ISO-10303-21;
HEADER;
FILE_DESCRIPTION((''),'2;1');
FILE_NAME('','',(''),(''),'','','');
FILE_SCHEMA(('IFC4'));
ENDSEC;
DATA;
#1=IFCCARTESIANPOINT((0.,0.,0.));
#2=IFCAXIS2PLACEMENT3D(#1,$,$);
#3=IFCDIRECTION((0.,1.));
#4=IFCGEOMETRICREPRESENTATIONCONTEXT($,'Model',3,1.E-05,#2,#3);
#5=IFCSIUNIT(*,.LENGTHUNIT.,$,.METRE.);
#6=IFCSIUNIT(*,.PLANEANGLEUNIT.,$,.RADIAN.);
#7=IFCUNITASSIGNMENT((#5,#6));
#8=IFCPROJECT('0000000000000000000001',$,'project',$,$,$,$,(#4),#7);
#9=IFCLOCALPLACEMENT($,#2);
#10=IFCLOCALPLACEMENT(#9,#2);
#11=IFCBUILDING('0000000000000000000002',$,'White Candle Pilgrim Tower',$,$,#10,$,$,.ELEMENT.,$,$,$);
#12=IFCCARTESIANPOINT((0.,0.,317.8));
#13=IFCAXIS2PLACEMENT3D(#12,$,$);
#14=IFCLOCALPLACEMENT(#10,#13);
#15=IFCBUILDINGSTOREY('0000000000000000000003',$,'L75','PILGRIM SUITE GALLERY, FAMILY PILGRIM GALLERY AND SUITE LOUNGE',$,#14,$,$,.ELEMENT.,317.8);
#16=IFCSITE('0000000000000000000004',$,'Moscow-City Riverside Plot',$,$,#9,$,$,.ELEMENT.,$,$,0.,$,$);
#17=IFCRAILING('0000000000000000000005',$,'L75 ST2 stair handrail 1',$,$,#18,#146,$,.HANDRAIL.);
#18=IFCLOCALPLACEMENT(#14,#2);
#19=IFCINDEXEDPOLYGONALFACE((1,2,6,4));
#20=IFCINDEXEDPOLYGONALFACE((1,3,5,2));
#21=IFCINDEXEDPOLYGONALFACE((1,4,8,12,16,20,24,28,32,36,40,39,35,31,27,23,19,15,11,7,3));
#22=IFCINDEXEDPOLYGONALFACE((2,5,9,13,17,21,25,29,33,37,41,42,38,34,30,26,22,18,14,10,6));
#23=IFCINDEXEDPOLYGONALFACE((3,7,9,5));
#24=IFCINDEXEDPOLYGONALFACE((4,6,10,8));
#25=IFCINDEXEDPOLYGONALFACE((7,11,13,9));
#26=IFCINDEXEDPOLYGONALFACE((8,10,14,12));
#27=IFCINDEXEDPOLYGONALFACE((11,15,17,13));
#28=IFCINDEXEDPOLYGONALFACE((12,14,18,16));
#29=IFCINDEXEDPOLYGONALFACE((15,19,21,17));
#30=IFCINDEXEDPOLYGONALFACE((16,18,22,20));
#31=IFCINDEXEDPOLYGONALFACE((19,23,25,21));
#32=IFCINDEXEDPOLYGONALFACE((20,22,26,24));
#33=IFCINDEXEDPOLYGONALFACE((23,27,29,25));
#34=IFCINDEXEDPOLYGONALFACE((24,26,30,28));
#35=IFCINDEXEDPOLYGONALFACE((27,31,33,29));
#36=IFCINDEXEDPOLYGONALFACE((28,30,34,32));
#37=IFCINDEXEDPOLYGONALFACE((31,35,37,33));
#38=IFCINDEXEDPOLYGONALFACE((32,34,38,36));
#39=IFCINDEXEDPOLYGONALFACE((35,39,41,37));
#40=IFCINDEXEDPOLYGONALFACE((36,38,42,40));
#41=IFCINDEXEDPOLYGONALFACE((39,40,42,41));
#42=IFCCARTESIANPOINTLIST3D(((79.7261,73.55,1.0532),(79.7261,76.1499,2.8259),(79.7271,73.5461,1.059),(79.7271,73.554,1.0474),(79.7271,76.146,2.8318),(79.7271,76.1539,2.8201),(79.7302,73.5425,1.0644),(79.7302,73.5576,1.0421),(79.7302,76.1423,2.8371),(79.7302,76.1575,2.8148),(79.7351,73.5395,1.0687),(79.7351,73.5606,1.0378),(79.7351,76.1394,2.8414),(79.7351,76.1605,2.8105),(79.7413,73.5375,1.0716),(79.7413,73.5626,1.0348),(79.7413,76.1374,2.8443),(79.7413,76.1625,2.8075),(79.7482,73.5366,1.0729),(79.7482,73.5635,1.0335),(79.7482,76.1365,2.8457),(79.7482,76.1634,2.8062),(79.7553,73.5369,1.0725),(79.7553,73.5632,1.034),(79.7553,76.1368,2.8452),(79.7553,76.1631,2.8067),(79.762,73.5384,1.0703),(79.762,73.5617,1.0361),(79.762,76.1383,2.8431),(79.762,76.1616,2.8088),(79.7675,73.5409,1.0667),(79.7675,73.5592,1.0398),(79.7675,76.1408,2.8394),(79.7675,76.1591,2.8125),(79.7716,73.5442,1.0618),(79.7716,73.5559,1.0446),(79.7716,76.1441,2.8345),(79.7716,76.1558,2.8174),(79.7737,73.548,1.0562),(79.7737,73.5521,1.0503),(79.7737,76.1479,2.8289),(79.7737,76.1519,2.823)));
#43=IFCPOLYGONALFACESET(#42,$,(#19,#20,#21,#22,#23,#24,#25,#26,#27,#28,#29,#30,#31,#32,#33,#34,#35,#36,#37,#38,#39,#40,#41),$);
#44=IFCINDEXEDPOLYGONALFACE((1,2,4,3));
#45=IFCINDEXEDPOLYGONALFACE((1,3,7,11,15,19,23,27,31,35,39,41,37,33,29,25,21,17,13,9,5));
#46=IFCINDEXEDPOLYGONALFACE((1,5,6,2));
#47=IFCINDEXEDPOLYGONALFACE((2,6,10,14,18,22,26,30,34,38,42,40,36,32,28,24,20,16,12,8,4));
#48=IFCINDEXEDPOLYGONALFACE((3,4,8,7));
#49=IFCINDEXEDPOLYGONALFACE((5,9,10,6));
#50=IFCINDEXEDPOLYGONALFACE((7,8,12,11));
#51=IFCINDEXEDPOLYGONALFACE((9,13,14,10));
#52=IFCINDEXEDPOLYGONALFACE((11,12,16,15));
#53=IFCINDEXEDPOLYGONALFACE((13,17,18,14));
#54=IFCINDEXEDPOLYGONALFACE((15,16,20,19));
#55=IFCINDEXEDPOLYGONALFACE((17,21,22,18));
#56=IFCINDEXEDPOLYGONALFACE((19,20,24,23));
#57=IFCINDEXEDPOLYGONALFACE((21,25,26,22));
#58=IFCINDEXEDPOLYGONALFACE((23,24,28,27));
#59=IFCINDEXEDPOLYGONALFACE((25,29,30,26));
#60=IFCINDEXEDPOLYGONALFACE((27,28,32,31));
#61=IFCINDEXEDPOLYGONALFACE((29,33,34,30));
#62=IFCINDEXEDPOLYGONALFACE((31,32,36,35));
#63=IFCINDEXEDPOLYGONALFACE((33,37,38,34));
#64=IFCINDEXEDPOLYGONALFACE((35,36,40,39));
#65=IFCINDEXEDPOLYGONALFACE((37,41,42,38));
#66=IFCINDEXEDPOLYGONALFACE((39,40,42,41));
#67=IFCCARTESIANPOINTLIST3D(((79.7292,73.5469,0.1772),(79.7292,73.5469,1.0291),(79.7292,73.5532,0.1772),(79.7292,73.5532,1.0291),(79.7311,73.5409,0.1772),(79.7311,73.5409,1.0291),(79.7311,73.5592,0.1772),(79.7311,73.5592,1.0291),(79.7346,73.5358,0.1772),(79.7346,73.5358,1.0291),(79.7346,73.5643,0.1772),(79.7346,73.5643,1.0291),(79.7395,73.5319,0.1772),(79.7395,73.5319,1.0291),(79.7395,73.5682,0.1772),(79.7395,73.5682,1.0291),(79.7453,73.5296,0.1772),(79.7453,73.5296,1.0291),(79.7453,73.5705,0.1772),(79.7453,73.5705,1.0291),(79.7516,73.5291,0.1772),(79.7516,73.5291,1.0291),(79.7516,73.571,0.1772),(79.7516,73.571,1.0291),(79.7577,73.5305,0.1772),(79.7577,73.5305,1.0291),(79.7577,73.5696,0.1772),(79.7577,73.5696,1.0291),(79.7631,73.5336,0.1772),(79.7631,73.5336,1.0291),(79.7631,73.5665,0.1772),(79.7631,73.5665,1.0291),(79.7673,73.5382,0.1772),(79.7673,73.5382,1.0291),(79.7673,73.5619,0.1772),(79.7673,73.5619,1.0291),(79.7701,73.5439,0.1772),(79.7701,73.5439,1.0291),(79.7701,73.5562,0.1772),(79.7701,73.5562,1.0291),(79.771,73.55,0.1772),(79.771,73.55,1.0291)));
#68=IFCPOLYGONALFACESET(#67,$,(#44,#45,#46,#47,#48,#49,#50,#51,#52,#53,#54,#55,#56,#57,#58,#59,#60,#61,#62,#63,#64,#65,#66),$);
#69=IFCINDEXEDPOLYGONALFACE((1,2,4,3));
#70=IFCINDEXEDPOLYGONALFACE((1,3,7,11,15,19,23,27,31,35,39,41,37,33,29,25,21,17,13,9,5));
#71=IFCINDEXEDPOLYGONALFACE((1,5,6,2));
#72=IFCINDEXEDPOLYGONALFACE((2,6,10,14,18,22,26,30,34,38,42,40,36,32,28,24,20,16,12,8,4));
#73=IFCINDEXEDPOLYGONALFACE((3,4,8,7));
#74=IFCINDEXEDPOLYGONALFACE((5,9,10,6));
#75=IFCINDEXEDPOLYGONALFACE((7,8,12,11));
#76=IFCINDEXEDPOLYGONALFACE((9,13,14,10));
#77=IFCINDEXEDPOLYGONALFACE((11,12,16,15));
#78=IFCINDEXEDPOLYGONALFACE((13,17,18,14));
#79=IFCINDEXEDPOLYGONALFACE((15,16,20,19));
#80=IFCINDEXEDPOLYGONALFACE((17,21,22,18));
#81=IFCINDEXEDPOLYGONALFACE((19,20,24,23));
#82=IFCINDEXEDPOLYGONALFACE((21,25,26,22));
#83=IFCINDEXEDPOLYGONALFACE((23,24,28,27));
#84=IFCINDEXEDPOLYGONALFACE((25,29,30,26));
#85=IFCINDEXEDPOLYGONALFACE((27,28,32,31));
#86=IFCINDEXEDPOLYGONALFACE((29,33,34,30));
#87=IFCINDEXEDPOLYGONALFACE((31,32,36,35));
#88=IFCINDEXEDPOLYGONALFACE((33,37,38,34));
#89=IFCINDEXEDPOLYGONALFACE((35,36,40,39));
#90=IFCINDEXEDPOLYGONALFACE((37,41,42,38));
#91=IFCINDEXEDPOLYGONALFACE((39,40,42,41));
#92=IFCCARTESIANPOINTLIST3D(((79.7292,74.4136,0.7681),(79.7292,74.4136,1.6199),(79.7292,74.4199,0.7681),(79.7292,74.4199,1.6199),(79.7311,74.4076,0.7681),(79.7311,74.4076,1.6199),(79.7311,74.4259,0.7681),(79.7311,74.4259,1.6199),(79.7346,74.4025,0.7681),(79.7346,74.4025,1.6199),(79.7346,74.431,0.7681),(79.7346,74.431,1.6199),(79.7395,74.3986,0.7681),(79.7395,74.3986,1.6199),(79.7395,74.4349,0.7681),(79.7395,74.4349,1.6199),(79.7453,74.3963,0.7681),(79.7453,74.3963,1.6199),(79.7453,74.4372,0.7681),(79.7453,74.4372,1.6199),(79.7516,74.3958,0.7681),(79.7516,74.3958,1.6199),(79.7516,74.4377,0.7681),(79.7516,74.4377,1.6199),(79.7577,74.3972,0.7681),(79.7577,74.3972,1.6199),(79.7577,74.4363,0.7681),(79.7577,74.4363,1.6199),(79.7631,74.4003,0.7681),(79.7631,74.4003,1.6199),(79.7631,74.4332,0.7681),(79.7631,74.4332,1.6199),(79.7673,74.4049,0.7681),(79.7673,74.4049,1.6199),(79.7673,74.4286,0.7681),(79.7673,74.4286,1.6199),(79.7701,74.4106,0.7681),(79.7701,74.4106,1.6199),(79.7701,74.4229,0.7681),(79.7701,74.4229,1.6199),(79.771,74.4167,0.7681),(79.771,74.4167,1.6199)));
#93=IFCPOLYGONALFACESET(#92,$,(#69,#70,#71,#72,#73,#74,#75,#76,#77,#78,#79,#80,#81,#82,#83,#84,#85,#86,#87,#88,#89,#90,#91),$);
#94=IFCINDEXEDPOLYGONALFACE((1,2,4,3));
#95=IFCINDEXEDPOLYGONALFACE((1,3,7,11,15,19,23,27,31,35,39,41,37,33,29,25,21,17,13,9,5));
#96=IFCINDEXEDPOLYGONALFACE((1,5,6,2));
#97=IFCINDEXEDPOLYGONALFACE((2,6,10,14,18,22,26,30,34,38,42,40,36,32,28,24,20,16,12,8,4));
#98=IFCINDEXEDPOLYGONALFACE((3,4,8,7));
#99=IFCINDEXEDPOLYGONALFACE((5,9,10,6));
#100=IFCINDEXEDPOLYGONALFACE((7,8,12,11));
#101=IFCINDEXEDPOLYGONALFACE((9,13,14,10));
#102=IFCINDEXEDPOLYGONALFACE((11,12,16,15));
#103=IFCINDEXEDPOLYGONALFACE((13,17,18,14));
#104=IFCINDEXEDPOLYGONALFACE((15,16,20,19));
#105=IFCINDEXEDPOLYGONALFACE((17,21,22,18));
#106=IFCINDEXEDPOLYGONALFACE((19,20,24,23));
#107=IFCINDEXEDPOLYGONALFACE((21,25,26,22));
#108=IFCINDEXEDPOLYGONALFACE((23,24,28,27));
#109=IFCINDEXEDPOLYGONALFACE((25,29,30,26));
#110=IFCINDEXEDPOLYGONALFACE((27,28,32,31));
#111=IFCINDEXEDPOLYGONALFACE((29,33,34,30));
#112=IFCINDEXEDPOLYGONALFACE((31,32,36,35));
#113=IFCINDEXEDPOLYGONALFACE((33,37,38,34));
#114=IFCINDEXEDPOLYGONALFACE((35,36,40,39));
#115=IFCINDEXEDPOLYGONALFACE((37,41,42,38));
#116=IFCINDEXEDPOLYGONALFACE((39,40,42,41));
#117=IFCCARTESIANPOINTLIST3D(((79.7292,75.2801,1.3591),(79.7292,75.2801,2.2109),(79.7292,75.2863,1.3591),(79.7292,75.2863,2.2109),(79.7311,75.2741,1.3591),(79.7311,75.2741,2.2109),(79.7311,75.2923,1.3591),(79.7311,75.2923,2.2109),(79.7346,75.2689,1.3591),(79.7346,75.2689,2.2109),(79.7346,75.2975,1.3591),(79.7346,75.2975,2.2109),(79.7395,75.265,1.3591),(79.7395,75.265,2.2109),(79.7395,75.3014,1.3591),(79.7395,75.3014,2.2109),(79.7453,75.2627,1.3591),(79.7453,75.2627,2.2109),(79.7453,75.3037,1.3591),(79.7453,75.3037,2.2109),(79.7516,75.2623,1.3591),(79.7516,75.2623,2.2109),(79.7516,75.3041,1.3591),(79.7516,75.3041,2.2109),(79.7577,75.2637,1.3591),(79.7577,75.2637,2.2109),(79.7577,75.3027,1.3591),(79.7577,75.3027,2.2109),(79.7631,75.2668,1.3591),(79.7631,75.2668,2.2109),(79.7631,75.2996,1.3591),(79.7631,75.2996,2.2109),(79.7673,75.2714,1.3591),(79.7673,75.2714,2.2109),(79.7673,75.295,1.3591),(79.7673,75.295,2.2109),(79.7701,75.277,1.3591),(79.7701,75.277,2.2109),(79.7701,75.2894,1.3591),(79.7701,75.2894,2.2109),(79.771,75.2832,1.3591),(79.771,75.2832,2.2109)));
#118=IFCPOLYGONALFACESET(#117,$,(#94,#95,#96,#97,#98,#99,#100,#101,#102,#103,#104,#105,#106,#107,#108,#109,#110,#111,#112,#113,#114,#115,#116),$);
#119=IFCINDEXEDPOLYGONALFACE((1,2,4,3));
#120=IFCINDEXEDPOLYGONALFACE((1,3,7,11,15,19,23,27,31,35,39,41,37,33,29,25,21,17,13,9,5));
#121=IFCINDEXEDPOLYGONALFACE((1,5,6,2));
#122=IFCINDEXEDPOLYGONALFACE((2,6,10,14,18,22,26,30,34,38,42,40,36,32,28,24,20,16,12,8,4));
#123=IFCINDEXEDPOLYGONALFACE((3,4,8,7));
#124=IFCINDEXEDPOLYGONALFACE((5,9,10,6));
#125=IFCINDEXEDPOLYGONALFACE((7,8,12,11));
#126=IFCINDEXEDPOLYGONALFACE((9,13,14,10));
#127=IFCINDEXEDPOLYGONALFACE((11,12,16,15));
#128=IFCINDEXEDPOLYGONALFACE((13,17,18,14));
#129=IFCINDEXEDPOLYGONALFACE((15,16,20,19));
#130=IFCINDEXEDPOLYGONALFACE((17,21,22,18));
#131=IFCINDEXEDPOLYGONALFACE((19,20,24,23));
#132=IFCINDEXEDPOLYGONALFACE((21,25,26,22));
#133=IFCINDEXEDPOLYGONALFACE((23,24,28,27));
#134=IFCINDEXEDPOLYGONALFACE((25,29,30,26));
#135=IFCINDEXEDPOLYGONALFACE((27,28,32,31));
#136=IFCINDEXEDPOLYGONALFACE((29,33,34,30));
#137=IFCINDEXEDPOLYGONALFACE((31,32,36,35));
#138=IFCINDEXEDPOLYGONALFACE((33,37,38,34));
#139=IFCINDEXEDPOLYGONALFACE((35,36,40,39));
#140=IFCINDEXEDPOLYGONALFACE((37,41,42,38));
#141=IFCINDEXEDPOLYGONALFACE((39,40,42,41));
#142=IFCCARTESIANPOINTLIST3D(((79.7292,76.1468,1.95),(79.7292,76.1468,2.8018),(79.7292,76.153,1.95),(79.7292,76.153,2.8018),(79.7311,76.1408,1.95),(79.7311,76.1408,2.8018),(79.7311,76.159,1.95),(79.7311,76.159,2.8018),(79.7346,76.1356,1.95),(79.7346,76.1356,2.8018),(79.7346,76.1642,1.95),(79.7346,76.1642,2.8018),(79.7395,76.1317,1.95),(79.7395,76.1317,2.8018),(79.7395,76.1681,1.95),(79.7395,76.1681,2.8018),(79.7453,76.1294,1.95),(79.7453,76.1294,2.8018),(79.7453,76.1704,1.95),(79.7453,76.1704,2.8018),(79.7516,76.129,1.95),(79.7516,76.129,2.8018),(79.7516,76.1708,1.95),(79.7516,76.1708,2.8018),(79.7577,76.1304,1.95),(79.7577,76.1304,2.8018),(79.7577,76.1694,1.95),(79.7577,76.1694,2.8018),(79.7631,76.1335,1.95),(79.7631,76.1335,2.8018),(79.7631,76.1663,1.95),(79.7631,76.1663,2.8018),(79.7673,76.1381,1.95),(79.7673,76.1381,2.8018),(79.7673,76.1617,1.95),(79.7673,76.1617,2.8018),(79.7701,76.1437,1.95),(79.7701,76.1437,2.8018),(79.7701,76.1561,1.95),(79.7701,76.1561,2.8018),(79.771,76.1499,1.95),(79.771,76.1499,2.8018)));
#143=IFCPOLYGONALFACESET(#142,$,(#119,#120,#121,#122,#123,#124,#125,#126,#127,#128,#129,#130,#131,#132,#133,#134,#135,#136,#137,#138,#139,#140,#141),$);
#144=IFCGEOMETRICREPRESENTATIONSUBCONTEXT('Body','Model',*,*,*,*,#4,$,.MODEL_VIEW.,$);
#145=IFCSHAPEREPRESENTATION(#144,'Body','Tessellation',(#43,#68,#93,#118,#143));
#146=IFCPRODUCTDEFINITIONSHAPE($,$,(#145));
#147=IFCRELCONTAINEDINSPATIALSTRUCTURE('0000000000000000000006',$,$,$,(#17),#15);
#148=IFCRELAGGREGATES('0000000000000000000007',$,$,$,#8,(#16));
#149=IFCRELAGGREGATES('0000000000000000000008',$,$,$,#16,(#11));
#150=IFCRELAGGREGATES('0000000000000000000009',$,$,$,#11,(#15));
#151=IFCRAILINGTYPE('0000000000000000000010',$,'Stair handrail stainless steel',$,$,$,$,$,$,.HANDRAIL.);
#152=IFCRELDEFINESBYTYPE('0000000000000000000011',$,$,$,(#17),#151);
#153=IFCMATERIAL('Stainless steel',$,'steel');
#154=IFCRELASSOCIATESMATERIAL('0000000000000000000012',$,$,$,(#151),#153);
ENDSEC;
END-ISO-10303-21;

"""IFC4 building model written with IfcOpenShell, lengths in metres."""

from ifc_helpers import new_model, si_unit, direction, frame, origin, origin_2d, place, context, subcontext, project, spatial, circle, extrude, material, type_object, element, save


model = new_model("IFC4")

# Units and contexts
model_context = context("Model", 3, precision=1e-05, world=origin(), true_north=direction((0.0, 1.0)))
body_context = subcontext(model_context, "Body", "Model", "MODEL_VIEW")
ifc_project = project(units=[si_unit("LENGTHUNIT", "METRE"), si_unit("PLANEANGLEUNIT", "RADIAN")], contexts=[model_context])

# Site, building, storey
site_placement = place(None, origin())
site = spatial("IfcSite", under=ifc_project, at=site_placement, Name="Moscow-City Riverside Plot", CompositionType="ELEMENT", RefElevation=0.0)
building_placement = place(site_placement, origin())
building = spatial("IfcBuilding", under=site, at=building_placement, Name="White Candle Pilgrim Tower", CompositionType="ELEMENT")
storey_placement = place(building_placement, frame((0.0, 0.0, 317.8)))
storey = spatial("IfcBuildingStorey", under=building, at=storey_placement, Name="L75", Description="PILGRIM SUITE GALLERY, FAMILY PILGRIM GALLERY AND SUITE LOUNGE", CompositionType="ELEMENT", Elevation=317.8)

# Railing
ifc_material_1 = material(Name="Stainless steel", Category="steel")
railing_type_1 = type_object("IfcRailingType", Name="Stair handrail stainless steel", PredefinedType="HANDRAIL", material=ifc_material_1)
railing_1_placement = place(storey_placement, frame((79.75, 73.55, 0.1772)))
element("IfcRailing", 1, at=railing_1_placement, inside=storey, type_object=railing_type_1, Name="L75 ST2 stair handrail 1", PredefinedType="HANDRAIL", context=body_context, shape_type="SweptSolid", body=[
    extrude(circle(Radius=0.0239, at=origin_2d()), frame((0.0, 0.0, 0.876), z_axis=(0.0, 0.826216, 0.563354), x_axis=(-1.0, 0.0, 0.0)), (0.0, 0.0, 1.0), 3.1467),
    extrude(circle(Radius=0.021, at=origin_2d()), origin(), (0.0, 0.0, 1.0), 0.8518),
    extrude(circle(Radius=0.021, at=origin_2d()), frame((0.0, 0.8667, 0.5908)), (0.0, 0.0, 1.0), 0.8518),
    extrude(circle(Radius=0.021, at=origin_2d()), frame((0.0, 1.7332, 1.1819)), (0.0, 0.0, 1.0), 0.8518),
    extrude(circle(Radius=0.021, at=origin_2d()), frame((0.0, 2.5999, 1.7727)), (0.0, 0.0, 1.0), 0.8518),
])

save(model, "model.ifc")
